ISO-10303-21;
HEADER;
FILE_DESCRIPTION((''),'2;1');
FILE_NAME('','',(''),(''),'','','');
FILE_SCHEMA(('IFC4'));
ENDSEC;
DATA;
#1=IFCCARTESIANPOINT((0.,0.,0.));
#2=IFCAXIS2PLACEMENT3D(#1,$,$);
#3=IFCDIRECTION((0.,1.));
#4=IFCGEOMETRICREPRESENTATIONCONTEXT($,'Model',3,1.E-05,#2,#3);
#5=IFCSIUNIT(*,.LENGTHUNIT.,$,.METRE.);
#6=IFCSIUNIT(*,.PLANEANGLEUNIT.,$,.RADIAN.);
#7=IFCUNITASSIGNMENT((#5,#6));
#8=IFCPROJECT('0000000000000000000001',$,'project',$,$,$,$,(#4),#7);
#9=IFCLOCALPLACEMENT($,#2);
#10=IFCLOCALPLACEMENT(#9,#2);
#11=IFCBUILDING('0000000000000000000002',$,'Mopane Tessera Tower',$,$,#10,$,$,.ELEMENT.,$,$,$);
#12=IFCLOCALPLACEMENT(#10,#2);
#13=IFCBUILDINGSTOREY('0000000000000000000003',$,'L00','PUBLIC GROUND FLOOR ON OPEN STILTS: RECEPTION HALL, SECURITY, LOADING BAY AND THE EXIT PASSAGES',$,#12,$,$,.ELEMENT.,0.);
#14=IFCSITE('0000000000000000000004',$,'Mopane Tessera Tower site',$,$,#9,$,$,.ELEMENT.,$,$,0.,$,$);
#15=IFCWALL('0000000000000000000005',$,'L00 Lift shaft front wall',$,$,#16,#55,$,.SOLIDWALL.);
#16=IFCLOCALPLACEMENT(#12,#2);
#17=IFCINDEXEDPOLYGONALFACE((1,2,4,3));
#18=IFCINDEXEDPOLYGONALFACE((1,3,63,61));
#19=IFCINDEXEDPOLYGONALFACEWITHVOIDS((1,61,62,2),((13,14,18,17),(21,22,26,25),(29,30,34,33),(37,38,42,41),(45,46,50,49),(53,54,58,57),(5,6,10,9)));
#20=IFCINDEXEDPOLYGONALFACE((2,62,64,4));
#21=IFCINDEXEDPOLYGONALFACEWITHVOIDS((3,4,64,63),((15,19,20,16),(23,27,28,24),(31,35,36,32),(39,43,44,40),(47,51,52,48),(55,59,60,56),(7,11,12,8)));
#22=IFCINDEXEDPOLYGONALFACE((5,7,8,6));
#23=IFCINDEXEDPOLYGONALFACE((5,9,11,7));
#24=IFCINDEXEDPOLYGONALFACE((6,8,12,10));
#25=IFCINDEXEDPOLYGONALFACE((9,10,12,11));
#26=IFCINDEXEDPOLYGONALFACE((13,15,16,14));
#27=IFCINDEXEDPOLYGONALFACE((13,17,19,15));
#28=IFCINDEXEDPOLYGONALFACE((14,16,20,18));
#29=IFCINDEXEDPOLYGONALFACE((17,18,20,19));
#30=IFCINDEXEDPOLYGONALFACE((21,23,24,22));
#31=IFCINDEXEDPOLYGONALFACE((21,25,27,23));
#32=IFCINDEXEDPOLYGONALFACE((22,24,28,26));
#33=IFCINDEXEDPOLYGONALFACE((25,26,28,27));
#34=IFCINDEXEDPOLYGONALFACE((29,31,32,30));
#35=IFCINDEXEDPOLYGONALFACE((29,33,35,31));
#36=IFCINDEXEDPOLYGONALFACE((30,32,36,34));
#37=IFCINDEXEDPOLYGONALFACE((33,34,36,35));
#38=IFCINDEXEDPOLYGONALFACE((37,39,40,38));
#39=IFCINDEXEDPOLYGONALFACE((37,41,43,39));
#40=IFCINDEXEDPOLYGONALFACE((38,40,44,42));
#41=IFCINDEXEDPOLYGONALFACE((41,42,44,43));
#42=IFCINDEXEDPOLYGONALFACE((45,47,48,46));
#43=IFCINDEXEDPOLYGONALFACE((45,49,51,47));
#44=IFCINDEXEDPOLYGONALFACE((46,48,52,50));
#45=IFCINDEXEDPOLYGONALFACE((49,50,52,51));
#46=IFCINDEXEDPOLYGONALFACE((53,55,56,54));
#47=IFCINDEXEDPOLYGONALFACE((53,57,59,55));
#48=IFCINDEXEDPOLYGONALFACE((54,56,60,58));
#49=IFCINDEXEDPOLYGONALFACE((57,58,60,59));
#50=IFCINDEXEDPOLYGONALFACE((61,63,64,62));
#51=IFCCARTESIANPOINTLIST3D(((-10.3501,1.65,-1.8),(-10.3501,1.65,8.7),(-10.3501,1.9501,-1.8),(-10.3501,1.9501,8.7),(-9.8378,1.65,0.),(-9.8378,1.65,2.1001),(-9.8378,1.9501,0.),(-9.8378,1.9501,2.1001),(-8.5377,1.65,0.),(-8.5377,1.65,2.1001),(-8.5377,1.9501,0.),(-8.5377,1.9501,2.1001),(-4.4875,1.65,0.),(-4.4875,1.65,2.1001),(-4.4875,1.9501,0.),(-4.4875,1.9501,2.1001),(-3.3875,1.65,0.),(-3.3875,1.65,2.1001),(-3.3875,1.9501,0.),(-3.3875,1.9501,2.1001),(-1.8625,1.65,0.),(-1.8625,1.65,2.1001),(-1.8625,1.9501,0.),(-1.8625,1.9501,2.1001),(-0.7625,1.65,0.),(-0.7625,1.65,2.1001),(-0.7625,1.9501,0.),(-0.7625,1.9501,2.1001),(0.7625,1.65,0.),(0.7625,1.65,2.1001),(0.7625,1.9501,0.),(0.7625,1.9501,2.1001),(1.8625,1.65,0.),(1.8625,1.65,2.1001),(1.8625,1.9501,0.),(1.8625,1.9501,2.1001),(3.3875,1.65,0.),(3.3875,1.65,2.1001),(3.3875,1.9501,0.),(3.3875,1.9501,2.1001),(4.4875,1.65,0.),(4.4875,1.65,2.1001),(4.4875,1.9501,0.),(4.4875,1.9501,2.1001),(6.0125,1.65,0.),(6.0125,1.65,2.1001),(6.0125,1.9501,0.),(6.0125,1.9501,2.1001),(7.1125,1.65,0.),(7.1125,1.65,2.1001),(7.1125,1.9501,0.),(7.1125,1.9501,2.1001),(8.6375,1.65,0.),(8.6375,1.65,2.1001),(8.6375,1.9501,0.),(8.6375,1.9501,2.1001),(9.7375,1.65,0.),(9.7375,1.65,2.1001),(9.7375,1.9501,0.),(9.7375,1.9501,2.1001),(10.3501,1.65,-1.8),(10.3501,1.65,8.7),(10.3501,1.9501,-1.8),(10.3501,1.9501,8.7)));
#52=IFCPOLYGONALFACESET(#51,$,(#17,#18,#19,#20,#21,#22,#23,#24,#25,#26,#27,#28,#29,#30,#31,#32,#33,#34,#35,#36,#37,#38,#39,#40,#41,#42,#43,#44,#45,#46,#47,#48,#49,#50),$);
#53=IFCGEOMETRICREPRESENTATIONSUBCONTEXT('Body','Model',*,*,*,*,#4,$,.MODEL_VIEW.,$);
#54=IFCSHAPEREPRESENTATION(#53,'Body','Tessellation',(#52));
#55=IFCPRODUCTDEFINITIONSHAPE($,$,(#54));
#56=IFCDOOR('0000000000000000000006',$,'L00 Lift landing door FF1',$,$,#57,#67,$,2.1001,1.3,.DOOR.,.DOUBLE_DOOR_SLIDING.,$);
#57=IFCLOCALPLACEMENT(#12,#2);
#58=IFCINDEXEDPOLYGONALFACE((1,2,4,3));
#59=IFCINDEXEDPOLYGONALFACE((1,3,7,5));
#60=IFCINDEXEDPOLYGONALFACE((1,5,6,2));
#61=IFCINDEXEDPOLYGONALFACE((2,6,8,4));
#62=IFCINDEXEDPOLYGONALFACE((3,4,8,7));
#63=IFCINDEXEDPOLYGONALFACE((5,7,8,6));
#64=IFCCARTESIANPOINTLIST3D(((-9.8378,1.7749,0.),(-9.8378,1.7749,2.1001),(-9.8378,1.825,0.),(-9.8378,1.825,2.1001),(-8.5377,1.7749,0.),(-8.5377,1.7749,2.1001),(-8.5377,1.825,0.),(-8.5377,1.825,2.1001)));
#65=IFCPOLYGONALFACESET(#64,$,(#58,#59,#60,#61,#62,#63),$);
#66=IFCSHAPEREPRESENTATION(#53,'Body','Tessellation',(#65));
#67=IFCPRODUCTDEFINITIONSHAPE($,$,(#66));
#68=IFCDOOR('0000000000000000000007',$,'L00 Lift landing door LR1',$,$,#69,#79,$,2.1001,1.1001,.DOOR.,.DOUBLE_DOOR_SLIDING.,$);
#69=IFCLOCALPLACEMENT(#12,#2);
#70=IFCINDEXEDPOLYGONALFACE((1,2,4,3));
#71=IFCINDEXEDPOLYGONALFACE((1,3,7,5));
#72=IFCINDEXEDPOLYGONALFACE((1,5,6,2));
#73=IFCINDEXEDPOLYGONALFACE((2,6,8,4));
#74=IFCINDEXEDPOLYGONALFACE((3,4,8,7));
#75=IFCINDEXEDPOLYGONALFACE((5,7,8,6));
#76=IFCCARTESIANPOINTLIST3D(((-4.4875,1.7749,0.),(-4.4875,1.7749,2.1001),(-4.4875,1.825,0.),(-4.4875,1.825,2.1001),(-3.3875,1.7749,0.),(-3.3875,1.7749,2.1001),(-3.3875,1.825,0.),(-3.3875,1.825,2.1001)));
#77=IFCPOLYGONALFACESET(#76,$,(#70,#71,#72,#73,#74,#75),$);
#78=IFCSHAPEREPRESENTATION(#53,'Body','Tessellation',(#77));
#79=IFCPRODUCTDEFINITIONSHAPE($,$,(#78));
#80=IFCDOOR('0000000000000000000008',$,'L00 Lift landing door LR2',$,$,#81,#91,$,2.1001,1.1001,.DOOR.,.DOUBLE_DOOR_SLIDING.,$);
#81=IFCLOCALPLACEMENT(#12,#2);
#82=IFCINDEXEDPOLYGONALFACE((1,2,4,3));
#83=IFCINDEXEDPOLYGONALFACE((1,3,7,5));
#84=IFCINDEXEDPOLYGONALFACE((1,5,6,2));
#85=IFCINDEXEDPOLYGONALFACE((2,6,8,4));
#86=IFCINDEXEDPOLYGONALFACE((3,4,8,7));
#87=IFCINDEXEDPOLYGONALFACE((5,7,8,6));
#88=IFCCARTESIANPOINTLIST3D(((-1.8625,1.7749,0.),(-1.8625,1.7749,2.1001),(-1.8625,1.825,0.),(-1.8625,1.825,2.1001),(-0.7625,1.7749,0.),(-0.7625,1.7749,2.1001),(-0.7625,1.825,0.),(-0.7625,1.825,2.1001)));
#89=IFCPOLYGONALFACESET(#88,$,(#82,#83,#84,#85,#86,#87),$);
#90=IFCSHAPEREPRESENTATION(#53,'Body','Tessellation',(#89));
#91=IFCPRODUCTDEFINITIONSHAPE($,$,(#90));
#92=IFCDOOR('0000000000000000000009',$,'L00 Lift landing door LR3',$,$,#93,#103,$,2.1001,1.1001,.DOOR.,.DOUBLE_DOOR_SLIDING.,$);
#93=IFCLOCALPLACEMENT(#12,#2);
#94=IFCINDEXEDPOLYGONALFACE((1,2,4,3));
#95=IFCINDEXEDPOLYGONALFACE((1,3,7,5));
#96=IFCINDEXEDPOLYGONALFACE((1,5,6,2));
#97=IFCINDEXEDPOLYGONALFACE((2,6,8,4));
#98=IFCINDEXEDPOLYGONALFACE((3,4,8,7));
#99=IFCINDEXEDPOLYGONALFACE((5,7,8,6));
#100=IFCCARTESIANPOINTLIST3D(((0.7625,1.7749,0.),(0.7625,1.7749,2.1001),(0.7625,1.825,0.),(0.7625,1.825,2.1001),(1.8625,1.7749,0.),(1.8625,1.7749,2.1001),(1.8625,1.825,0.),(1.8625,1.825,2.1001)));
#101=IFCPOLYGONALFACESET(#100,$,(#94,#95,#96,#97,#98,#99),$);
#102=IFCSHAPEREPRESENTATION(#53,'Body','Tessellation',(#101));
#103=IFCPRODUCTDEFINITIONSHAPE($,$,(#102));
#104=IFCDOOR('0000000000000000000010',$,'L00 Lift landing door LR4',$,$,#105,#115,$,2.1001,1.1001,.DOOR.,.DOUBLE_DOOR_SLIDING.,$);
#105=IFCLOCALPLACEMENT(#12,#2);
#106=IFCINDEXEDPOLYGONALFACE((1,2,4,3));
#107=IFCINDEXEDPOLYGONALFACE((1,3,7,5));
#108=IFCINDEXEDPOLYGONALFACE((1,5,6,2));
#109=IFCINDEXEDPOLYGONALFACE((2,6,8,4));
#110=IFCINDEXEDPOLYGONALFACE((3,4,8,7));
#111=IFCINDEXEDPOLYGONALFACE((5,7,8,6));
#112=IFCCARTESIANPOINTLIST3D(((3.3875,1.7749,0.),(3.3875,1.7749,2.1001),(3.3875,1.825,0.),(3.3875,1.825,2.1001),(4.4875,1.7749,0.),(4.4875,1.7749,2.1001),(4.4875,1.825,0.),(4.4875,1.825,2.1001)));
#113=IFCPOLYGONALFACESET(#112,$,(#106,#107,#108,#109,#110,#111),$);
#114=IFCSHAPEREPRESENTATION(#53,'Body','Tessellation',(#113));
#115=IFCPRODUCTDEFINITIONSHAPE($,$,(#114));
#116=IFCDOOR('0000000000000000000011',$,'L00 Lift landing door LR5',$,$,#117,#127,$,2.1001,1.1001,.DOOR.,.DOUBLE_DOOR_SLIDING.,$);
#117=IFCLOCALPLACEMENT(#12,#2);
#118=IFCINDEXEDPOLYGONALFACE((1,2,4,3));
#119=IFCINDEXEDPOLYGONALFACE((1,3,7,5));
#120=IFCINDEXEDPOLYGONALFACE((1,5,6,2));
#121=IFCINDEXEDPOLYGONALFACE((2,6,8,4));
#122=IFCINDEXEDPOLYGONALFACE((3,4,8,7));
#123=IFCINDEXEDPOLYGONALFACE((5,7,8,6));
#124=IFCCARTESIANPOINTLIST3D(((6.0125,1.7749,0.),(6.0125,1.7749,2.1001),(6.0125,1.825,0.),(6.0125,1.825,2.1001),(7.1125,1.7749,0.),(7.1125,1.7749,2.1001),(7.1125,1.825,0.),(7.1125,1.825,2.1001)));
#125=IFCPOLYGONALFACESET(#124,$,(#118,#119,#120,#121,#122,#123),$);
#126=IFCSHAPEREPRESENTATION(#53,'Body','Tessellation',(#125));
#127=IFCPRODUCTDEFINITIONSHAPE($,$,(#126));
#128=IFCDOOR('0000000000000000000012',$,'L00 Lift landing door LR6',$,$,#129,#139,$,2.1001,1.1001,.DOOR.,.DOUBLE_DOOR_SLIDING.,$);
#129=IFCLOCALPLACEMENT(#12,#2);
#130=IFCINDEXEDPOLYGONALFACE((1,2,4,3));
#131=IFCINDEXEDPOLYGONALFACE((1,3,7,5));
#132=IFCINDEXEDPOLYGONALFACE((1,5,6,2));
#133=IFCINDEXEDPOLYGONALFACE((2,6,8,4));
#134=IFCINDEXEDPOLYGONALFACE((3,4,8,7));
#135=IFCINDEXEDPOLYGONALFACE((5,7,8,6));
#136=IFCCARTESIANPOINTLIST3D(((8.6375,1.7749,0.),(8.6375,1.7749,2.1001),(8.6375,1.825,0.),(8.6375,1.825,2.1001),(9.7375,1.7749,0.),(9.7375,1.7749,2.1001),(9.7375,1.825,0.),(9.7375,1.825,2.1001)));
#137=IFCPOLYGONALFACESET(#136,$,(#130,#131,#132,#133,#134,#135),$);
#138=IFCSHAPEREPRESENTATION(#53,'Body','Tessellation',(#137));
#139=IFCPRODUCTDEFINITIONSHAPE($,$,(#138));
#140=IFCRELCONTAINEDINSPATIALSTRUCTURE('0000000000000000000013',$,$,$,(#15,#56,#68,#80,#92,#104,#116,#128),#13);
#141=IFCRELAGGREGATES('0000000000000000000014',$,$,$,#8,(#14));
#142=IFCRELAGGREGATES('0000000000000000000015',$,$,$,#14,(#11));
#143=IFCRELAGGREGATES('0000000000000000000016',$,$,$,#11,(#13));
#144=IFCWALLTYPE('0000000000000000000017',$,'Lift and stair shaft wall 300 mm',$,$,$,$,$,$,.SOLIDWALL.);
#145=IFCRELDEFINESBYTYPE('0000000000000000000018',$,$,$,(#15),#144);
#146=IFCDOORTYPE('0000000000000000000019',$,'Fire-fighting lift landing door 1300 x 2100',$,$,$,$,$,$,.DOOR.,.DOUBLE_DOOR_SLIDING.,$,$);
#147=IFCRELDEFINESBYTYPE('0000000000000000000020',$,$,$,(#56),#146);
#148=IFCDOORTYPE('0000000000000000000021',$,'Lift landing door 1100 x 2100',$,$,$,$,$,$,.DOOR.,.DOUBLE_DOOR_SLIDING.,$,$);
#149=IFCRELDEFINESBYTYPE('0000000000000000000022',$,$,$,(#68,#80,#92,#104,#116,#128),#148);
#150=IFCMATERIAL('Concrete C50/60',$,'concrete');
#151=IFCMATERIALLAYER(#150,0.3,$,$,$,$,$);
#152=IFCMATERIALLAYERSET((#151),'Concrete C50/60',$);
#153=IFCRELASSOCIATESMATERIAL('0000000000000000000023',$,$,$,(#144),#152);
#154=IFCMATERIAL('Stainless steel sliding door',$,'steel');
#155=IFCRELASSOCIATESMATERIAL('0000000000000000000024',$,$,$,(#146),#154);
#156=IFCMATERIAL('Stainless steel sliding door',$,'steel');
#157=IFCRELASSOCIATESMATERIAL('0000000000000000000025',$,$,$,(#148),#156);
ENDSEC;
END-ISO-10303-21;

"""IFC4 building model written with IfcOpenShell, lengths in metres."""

from ifc_helpers import new_model, si_unit, direction, frame, frame_2d, origin, place, context, subcontext, project, spatial, rectangle, extrude, material, layer, layer_set, type_object, element, fill, save


model = new_model("IFC4")

# Units and contexts
model_context = context("Model", 3, precision=1e-05, world=origin(), true_north=direction((0.0, 1.0)))
body_context = subcontext(model_context, "Body", "Model", "MODEL_VIEW")
ifc_project = project(units=[si_unit("LENGTHUNIT", "METRE"), si_unit("PLANEANGLEUNIT", "RADIAN")], contexts=[model_context])

# Site, building, storey
site_placement = place(None, origin())
site = spatial("IfcSite", under=ifc_project, at=site_placement, Name="Mopane Tessera Tower site", CompositionType="ELEMENT", RefElevation=0.0)
building_placement = place(site_placement, origin())
building = spatial("IfcBuilding", under=site, at=building_placement, Name="Mopane Tessera Tower", CompositionType="ELEMENT")
storey_placement = place(building_placement, origin())
storey = spatial("IfcBuildingStorey", under=building, at=storey_placement, Name="L00", Description="PUBLIC GROUND FLOOR ON OPEN STILTS: RECEPTION HALL, SECURITY, LOADING BAY AND THE EXIT PASSAGES", CompositionType="ELEMENT", Elevation=0.0)

# Shared definitions
ifc_material_1 = material(Name="Concrete C50/60", Category="concrete")
ifc_layer_1 = layer(ifc_material_1, 0.3)
ifc_layer_set_1 = layer_set([ifc_layer_1], Name="Concrete C50/60")
wall_type_1 = type_object("IfcWallType", Name="Lift and stair shaft wall 300 mm", PredefinedType="SOLIDWALL", material=ifc_layer_set_1)

# Wall, openings, doors
wall_1_placement = place(storey_placement, frame((-10.3501, 1.8, -1.8), z_axis=(0.0, 0.0, 1.0), x_axis=(1.0, 0.0, 0.0)))
wall_1 = element("IfcWall", 1, at=wall_1_placement, inside=storey, type_object=wall_type_1, Name="L00 Lift shaft front wall", PredefinedType="SOLIDWALL", context=body_context, shape_type="SweptSolid", body=[
    extrude(rectangle(XDim=20.7002, YDim=0.3, at=frame_2d((10.3501, 0.0))), origin(), (0.0, 0.0, 1.0), 10.5),
])
opening_1_placement = place(wall_1_placement, frame((0.5125, 0.0, 1.8)))
opening_1 = element("IfcOpeningElement", 2, at=opening_1_placement, cuts=wall_1, PredefinedType="OPENING", context=body_context, shape_type="SweptSolid", body=[
    extrude(rectangle(XDim=1.3, YDim=2.1001, at=frame_2d((0.6499, 1.05))), frame((0.0, 0.1621, 0.0), z_axis=(0.0, -1.0, 0.0), x_axis=(1.0, 0.0, 0.0)), (0.0, 0.0, 1.0), 0.324),
])
opening_2_placement = place(wall_1_placement, frame((5.8625, 0.0, 1.8)))
opening_2 = element("IfcOpeningElement", 3, at=opening_2_placement, cuts=wall_1, PredefinedType="OPENING", context=body_context, shape_type="SweptSolid", body=[
    extrude(rectangle(XDim=1.1001, YDim=2.1001, at=frame_2d((0.55, 1.05))), frame((0.0, 0.1621, 0.0), z_axis=(0.0, -1.0, 0.0), x_axis=(1.0, 0.0, 0.0)), (0.0, 0.0, 1.0), 0.324),
])
opening_3_placement = place(wall_1_placement, frame((8.4875, 0.0, 1.8)))
opening_3 = element("IfcOpeningElement", 4, at=opening_3_placement, cuts=wall_1, PredefinedType="OPENING", context=body_context, shape_type="SweptSolid", body=[
    extrude(rectangle(XDim=1.1001, YDim=2.1001, at=frame_2d((0.55, 1.05))), frame((0.0, 0.1621, 0.0), z_axis=(0.0, -1.0, 0.0), x_axis=(1.0, 0.0, 0.0)), (0.0, 0.0, 1.0), 0.324),
])
opening_4_placement = place(wall_1_placement, frame((11.1125, 0.0, 1.8)))
opening_4 = element("IfcOpeningElement", 5, at=opening_4_placement, cuts=wall_1, PredefinedType="OPENING", context=body_context, shape_type="SweptSolid", body=[
    extrude(rectangle(XDim=1.1001, YDim=2.1001, at=frame_2d((0.55, 1.05))), frame((0.0, 0.1621, 0.0), z_axis=(0.0, -1.0, 0.0), x_axis=(1.0, 0.0, 0.0)), (0.0, 0.0, 1.0), 0.324),
])
opening_5_placement = place(wall_1_placement, frame((13.7375, 0.0, 1.8)))
opening_5 = element("IfcOpeningElement", 6, at=opening_5_placement, cuts=wall_1, PredefinedType="OPENING", context=body_context, shape_type="SweptSolid", body=[
    extrude(rectangle(XDim=1.1001, YDim=2.1001, at=frame_2d((0.55, 1.05))), frame((0.0, 0.1621, 0.0), z_axis=(0.0, -1.0, 0.0), x_axis=(1.0, 0.0, 0.0)), (0.0, 0.0, 1.0), 0.324),
])
opening_6_placement = place(wall_1_placement, frame((16.3625, 0.0, 1.8)))
opening_6 = element("IfcOpeningElement", 7, at=opening_6_placement, cuts=wall_1, PredefinedType="OPENING", context=body_context, shape_type="SweptSolid", body=[
    extrude(rectangle(XDim=1.1001, YDim=2.1001, at=frame_2d((0.55, 1.05))), frame((0.0, 0.1621, 0.0), z_axis=(0.0, -1.0, 0.0), x_axis=(1.0, 0.0, 0.0)), (0.0, 0.0, 1.0), 0.324),
])
opening_7_placement = place(wall_1_placement, frame((18.9875, 0.0, 1.8)))
opening_7 = element("IfcOpeningElement", 8, at=opening_7_placement, cuts=wall_1, PredefinedType="OPENING", context=body_context, shape_type="SweptSolid", body=[
    extrude(rectangle(XDim=1.1001, YDim=2.1001, at=frame_2d((0.55, 1.05))), frame((0.0, 0.1621, 0.0), z_axis=(0.0, -1.0, 0.0), x_axis=(1.0, 0.0, 0.0)), (0.0, 0.0, 1.0), 0.324),
])
ifc_material_2 = material(Name="Stainless steel sliding door", Category="steel")
door_type_1 = type_object("IfcDoorType", Name="Fire-fighting lift landing door 1300 x 2100", OperationType="DOUBLE_DOOR_SLIDING", PredefinedType="DOOR", material=ifc_material_2)
door_1_placement = place(opening_1_placement, origin())
door_1 = element("IfcDoor", 9, at=door_1_placement, inside=storey, type_object=door_type_1, Name="L00 Lift landing door FF1", OperationType="DOUBLE_DOOR_SLIDING", OverallHeight=2.1001, OverallWidth=1.3, PredefinedType="DOOR", context=body_context, shape_type="SweptSolid", body=[
    extrude(rectangle(XDim=1.3, YDim=2.1001, at=frame_2d((0.6499, 1.05))), frame((0.0, 0.0249, 0.0), z_axis=(0.0, -1.0, 0.0), x_axis=(1.0, 0.0, 0.0)), (0.0, 0.0, 1.0), 0.05),
])
fill(opening_1, door_1)
ifc_material_3 = material(Name="Stainless steel sliding door", Category="steel")
door_type_2 = type_object("IfcDoorType", Name="Lift landing door 1100 x 2100", OperationType="DOUBLE_DOOR_SLIDING", PredefinedType="DOOR", material=ifc_material_3)
door_2_placement = place(opening_2_placement, origin())
door_2 = element("IfcDoor", 10, at=door_2_placement, inside=storey, type_object=door_type_2, Name="L00 Lift landing door LR1", OperationType="DOUBLE_DOOR_SLIDING", OverallHeight=2.1001, OverallWidth=1.1001, PredefinedType="DOOR", context=body_context, shape_type="SweptSolid", body=[
    extrude(rectangle(XDim=1.1001, YDim=2.1001, at=frame_2d((0.55, 1.05))), frame((0.0, 0.0249, 0.0), z_axis=(0.0, -1.0, 0.0), x_axis=(1.0, 0.0, 0.0)), (0.0, 0.0, 1.0), 0.05),
])
fill(opening_2, door_2)
door_3_placement = place(opening_3_placement, origin())
door_3 = element("IfcDoor", 11, at=door_3_placement, inside=storey, type_object=door_type_2, Name="L00 Lift landing door LR2", OperationType="DOUBLE_DOOR_SLIDING", OverallHeight=2.1001, OverallWidth=1.1001, PredefinedType="DOOR", context=body_context, shape_type="SweptSolid", body=[
    extrude(rectangle(XDim=1.1001, YDim=2.1001, at=frame_2d((0.55, 1.05))), frame((0.0, 0.0249, 0.0), z_axis=(0.0, -1.0, 0.0), x_axis=(1.0, 0.0, 0.0)), (0.0, 0.0, 1.0), 0.05),
])
fill(opening_3, door_3)
door_4_placement = place(opening_4_placement, origin())
door_4 = element("IfcDoor", 12, at=door_4_placement, inside=storey, type_object=door_type_2, Name="L00 Lift landing door LR3", OperationType="DOUBLE_DOOR_SLIDING", OverallHeight=2.1001, OverallWidth=1.1001, PredefinedType="DOOR", context=body_context, shape_type="SweptSolid", body=[
    extrude(rectangle(XDim=1.1001, YDim=2.1001, at=frame_2d((0.55, 1.05))), frame((0.0, 0.0249, 0.0), z_axis=(0.0, -1.0, 0.0), x_axis=(1.0, 0.0, 0.0)), (0.0, 0.0, 1.0), 0.05),
])
fill(opening_4, door_4)
door_5_placement = place(opening_5_placement, origin())
door_5 = element("IfcDoor", 13, at=door_5_placement, inside=storey, type_object=door_type_2, Name="L00 Lift landing door LR4", OperationType="DOUBLE_DOOR_SLIDING", OverallHeight=2.1001, OverallWidth=1.1001, PredefinedType="DOOR", context=body_context, shape_type="SweptSolid", body=[
    extrude(rectangle(XDim=1.1001, YDim=2.1001, at=frame_2d((0.55, 1.05))), frame((0.0, 0.0249, 0.0), z_axis=(0.0, -1.0, 0.0), x_axis=(1.0, 0.0, 0.0)), (0.0, 0.0, 1.0), 0.05),
])
fill(opening_5, door_5)
door_6_placement = place(opening_6_placement, origin())
door_6 = element("IfcDoor", 14, at=door_6_placement, inside=storey, type_object=door_type_2, Name="L00 Lift landing door LR5", OperationType="DOUBLE_DOOR_SLIDING", OverallHeight=2.1001, OverallWidth=1.1001, PredefinedType="DOOR", context=body_context, shape_type="SweptSolid", body=[
    extrude(rectangle(XDim=1.1001, YDim=2.1001, at=frame_2d((0.55, 1.05))), frame((0.0, 0.0249, 0.0), z_axis=(0.0, -1.0, 0.0), x_axis=(1.0, 0.0, 0.0)), (0.0, 0.0, 1.0), 0.05),
])
fill(opening_6, door_6)
door_7_placement = place(opening_7_placement, origin())
door_7 = element("IfcDoor", 15, at=door_7_placement, inside=storey, type_object=door_type_2, Name="L00 Lift landing door LR6", OperationType="DOUBLE_DOOR_SLIDING", OverallHeight=2.1001, OverallWidth=1.1001, PredefinedType="DOOR", context=body_context, shape_type="SweptSolid", body=[
    extrude(rectangle(XDim=1.1001, YDim=2.1001, at=frame_2d((0.55, 1.05))), frame((0.0, 0.0249, 0.0), z_axis=(0.0, -1.0, 0.0), x_axis=(1.0, 0.0, 0.0)), (0.0, 0.0, 1.0), 0.05),
])
fill(opening_7, door_7)

save(model, "model.ifc")
